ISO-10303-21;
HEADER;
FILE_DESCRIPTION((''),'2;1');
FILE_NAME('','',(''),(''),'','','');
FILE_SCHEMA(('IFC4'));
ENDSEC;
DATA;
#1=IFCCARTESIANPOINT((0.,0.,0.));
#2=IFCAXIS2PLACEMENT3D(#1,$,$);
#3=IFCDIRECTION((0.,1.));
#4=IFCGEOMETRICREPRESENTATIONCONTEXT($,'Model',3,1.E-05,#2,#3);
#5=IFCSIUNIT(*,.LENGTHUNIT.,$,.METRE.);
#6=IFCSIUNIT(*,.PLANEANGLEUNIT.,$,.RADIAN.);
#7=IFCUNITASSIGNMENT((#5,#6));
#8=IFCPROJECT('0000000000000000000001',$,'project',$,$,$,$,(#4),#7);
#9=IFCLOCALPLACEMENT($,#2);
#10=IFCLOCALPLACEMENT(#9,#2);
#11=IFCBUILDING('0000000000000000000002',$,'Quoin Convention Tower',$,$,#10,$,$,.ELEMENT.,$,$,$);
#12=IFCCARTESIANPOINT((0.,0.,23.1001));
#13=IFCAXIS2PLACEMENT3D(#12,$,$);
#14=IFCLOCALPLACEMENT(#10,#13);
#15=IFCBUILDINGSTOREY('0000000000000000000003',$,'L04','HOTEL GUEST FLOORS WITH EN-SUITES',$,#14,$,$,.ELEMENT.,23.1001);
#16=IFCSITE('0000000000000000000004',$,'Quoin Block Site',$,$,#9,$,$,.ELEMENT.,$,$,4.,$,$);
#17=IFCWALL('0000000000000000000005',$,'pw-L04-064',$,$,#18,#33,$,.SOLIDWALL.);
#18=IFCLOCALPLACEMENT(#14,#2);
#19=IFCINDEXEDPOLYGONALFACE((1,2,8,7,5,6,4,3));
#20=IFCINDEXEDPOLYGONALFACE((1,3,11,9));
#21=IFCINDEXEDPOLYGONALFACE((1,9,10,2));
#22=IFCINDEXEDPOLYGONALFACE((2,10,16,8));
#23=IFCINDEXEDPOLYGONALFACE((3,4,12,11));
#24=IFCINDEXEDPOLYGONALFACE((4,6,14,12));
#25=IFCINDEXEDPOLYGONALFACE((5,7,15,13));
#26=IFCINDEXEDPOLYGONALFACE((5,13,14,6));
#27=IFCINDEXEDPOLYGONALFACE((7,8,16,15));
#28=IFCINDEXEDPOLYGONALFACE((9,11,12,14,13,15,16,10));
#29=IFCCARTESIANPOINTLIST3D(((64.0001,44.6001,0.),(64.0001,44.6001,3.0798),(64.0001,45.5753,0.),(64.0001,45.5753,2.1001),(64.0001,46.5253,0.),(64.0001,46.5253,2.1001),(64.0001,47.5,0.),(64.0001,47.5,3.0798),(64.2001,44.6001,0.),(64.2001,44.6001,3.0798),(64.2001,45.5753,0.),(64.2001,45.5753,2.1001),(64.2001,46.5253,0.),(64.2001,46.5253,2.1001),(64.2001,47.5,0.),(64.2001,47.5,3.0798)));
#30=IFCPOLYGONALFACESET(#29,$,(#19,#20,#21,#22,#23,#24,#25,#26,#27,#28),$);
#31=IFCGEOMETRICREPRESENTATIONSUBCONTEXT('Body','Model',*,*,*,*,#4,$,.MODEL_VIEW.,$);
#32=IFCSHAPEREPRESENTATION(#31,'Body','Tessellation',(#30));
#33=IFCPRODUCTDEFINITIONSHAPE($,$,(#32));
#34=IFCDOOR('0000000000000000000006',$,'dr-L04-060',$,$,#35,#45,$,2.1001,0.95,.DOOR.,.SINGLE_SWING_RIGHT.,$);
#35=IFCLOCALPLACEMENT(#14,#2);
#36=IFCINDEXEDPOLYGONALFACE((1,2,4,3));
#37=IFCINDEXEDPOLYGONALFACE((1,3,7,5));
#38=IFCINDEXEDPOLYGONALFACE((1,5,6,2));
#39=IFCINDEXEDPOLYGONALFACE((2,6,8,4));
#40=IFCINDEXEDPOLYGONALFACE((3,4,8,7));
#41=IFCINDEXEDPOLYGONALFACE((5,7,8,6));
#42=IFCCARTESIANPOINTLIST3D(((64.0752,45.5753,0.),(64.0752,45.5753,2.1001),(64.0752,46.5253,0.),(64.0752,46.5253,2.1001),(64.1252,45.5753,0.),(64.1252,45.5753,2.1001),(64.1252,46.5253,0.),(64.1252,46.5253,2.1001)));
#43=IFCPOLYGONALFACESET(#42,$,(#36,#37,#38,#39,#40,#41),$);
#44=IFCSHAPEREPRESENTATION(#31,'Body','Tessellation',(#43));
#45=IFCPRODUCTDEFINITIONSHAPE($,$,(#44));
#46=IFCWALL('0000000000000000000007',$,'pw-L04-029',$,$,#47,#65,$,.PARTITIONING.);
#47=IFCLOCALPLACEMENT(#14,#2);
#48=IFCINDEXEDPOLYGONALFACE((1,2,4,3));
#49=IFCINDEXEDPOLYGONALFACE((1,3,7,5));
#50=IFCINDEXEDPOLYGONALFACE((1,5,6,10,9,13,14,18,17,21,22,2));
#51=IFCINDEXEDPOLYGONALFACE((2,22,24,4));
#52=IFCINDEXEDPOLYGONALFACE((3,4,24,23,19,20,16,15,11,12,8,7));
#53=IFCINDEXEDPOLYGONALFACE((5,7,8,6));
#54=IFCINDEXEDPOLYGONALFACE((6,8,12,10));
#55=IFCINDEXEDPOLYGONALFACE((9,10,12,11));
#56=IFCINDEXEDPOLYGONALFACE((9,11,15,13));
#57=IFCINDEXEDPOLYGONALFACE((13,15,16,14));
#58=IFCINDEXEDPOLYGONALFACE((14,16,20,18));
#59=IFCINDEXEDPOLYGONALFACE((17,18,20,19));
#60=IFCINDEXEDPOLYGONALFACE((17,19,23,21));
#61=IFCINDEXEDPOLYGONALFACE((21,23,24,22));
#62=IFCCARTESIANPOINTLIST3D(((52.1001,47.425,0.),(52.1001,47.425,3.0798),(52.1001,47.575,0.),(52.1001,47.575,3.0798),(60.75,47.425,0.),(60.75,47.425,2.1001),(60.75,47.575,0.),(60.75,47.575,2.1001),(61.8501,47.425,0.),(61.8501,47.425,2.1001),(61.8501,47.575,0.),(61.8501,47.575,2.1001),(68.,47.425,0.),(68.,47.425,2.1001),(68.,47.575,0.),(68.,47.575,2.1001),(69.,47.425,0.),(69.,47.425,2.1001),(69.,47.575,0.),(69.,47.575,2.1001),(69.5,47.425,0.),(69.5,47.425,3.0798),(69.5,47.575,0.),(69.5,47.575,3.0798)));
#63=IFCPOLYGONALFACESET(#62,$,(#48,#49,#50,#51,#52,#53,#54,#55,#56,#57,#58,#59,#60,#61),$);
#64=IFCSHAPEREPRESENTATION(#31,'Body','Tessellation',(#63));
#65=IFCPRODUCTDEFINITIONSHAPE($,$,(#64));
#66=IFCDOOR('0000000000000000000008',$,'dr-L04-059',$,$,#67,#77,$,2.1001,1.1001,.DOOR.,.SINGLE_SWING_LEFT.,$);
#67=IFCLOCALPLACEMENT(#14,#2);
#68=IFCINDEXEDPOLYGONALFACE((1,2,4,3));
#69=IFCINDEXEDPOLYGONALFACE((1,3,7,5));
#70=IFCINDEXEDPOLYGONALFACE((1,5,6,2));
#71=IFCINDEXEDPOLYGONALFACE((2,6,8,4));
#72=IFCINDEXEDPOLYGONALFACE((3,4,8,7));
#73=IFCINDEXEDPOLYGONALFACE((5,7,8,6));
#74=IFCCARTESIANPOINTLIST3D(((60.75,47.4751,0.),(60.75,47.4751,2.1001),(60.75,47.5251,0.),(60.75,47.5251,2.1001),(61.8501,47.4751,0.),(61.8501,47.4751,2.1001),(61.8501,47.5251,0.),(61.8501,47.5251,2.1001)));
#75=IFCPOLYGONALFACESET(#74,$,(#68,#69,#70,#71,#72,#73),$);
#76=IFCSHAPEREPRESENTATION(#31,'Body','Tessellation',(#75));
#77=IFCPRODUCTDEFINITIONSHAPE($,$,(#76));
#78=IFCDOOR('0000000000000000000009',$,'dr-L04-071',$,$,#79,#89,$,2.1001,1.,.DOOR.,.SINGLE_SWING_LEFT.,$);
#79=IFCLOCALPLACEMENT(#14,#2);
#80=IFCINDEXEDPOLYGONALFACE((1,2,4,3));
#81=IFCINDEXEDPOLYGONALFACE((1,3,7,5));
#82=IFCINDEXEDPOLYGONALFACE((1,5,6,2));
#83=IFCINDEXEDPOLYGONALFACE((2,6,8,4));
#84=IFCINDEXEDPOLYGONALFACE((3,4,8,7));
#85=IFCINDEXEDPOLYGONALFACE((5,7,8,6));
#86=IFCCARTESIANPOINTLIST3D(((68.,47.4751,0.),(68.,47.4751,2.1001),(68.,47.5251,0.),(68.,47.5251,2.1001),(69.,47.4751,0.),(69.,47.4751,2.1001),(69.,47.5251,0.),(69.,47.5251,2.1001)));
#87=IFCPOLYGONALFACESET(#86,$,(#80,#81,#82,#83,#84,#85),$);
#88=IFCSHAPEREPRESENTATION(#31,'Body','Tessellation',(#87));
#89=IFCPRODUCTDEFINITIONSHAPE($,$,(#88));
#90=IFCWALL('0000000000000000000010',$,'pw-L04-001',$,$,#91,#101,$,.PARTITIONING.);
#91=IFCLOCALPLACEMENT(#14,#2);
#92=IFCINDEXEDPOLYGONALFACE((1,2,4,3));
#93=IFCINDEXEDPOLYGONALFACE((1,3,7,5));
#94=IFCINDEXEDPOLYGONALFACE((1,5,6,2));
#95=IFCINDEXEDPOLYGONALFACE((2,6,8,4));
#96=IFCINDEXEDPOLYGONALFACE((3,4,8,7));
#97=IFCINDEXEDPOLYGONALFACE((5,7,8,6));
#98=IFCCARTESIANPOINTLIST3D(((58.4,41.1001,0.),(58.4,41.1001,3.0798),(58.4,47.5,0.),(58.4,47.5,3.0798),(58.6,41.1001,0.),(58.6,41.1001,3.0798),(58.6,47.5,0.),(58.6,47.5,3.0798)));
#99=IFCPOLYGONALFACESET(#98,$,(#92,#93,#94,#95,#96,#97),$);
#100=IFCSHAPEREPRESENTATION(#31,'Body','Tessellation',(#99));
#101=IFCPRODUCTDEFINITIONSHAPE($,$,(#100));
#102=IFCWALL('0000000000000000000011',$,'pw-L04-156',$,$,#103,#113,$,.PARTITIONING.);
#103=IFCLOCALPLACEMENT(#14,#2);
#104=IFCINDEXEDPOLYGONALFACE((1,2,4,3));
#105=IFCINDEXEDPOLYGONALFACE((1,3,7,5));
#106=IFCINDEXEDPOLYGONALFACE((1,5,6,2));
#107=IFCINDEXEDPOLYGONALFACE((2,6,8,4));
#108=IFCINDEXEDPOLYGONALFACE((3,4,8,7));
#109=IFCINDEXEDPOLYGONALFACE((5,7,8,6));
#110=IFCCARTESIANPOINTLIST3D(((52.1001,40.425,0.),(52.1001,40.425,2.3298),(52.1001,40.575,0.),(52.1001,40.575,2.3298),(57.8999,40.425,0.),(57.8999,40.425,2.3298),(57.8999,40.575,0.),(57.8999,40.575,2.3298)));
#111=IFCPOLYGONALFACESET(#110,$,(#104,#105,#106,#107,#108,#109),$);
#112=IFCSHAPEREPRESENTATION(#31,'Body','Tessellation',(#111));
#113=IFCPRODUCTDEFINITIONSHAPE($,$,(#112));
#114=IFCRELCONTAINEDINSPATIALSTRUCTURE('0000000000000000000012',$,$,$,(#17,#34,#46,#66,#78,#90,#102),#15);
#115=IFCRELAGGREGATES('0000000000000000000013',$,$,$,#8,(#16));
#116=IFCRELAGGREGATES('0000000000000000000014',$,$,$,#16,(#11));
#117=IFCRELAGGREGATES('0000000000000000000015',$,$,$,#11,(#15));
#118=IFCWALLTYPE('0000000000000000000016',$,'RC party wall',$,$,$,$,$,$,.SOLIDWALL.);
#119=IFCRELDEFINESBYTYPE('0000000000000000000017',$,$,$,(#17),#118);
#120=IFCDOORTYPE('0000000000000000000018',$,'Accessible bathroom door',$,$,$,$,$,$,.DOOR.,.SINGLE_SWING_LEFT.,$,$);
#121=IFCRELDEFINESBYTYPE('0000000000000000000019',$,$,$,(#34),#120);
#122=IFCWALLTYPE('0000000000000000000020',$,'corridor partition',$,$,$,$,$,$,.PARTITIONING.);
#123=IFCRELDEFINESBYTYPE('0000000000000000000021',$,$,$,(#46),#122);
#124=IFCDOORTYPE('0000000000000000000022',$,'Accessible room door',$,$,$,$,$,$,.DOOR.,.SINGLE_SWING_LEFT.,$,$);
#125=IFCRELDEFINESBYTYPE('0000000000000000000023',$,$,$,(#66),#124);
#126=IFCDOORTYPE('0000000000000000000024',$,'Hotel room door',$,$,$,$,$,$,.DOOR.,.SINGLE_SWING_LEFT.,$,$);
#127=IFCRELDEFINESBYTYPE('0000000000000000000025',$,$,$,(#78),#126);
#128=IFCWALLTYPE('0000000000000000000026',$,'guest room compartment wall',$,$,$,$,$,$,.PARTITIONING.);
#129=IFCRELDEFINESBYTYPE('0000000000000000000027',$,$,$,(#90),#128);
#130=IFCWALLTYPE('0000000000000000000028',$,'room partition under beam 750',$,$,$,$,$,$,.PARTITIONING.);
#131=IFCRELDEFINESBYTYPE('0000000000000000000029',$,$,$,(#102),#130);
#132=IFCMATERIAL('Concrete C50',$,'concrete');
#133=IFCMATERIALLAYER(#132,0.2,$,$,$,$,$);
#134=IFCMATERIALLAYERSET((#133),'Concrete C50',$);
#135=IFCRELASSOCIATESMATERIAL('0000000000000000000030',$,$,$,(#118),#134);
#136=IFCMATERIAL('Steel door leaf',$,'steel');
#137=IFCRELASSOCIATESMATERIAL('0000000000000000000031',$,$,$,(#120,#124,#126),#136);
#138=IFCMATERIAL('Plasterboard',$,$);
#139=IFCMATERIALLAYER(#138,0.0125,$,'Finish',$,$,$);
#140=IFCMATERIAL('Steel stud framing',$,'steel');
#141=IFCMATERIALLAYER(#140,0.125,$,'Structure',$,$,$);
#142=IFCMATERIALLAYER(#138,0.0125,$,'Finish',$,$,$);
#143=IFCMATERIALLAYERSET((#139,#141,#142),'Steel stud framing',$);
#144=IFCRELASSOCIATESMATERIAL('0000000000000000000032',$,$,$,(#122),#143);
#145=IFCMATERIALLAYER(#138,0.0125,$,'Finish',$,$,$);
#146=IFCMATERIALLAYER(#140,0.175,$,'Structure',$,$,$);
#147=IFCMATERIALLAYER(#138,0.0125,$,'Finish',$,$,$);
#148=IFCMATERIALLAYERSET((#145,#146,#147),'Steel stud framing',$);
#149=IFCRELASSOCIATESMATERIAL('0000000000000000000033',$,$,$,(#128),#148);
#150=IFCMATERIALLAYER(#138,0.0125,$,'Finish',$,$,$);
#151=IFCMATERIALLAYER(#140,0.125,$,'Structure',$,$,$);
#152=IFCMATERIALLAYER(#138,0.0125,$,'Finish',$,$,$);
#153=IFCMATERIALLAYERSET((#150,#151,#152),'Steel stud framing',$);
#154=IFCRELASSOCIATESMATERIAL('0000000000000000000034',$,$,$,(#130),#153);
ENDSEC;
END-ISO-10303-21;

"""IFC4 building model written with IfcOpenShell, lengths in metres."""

from ifc_helpers import new_model, si_unit, direction, frame, frame_2d, origin, place, context, subcontext, project, spatial, rectangle, extrude, material, layer, layer_set, type_object, element, fill, save


model = new_model("IFC4")

# Units and contexts
model_context = context("Model", 3, precision=1e-05, world=origin(), true_north=direction((0.0, 1.0)))
body_context = subcontext(model_context, "Body", "Model", "MODEL_VIEW")
ifc_project = project(units=[si_unit("LENGTHUNIT", "METRE"), si_unit("PLANEANGLEUNIT", "RADIAN")], contexts=[model_context])

# Site, building, storey
site_placement = place(None, origin())
site = spatial("IfcSite", under=ifc_project, at=site_placement, Name="Quoin Block Site", CompositionType="ELEMENT", RefElevation=4.0)
building_placement = place(site_placement, origin())
building = spatial("IfcBuilding", under=site, at=building_placement, Name="Quoin Convention Tower", CompositionType="ELEMENT")
storey_placement = place(building_placement, frame((0.0, 0.0, 23.1001)))
storey = spatial("IfcBuildingStorey", under=building, at=storey_placement, Name="L04", Description="HOTEL GUEST FLOORS WITH EN-SUITES", CompositionType="ELEMENT", Elevation=23.1001)

# Shared definitions
ifc_material_1 = material(Name="Concrete C50", Category="concrete")
ifc_layer_1 = layer(ifc_material_1, 0.2)
ifc_layer_set_1 = layer_set([ifc_layer_1], Name="Concrete C50")
wall_type_1 = type_object("IfcWallType", Name="RC party wall", PredefinedType="SOLIDWALL", material=ifc_layer_set_1)

# Wall, opening, door
wall_1_placement = place(storey_placement, frame((64.1001, 44.6001, 0.0), z_axis=(0.0, 0.0, 1.0), x_axis=(0.0, 1.0, 0.0)))
wall_1 = element("IfcWall", 1, at=wall_1_placement, inside=storey, type_object=wall_type_1, Name="pw-L04-064", PredefinedType="SOLIDWALL", context=body_context, shape_type="SweptSolid", body=[
    extrude(rectangle(XDim=2.8999, YDim=0.2, at=frame_2d((1.45, 0.0))), origin(), (0.0, 0.0, 1.0), 3.0798),
])
opening_1_placement = place(wall_1_placement, frame((0.9751, 0.0, 0.0)))
opening_1 = element("IfcOpeningElement", 2, at=opening_1_placement, cuts=wall_1, PredefinedType="OPENING", context=body_context, shape_type="SweptSolid", body=[
    extrude(rectangle(XDim=0.95, YDim=2.1001, at=frame_2d((0.4751, 1.05))), frame((0.0, 0.1099, 0.0), z_axis=(0.0, -1.0, 0.0), x_axis=(1.0, 0.0, 0.0)), (0.0, 0.0, 1.0), 0.22),
])
ifc_material_2 = material(Name="Steel door leaf", Category="steel")
door_type_1 = type_object("IfcDoorType", Name="Accessible bathroom door", OperationType="SINGLE_SWING_LEFT", PredefinedType="DOOR", material=ifc_material_2)
door_1_placement = place(opening_1_placement, origin())
door_1 = element("IfcDoor", 3, at=door_1_placement, inside=storey, type_object=door_type_1, Name="dr-L04-060", OperationType="SINGLE_SWING_RIGHT", OverallHeight=2.1001, OverallWidth=0.95, PredefinedType="DOOR", context=body_context, shape_type="SweptSolid", body=[
    extrude(rectangle(XDim=0.95, YDim=2.1001, at=frame_2d((0.4751, 1.05))), frame((0.0, 0.0249, 0.0), z_axis=(0.0, -1.0, 0.0), x_axis=(1.0, 0.0, 0.0)), (0.0, 0.0, 1.0), 0.05),
])
fill(opening_1, door_1)

# Wall, openings, doors
ifc_material_3 = material(Name="Plasterboard")
ifc_layer_2 = layer(ifc_material_3, 0.0125, Name="Finish")
ifc_material_4 = material(Name="Steel stud framing", Category="steel")
ifc_layer_3 = layer(ifc_material_4, 0.125, Name="Structure")
ifc_layer_4 = layer(ifc_material_3, 0.0125, Name="Finish")
ifc_layer_set_2 = layer_set([ifc_layer_2, ifc_layer_3, ifc_layer_4], Name="Steel stud framing")
wall_type_2 = type_object("IfcWallType", Name="corridor partition", PredefinedType="PARTITIONING", material=ifc_layer_set_2)
wall_2_placement = place(storey_placement, frame((52.1001, 47.5, 0.0), z_axis=(0.0, 0.0, 1.0), x_axis=(1.0, 0.0, 0.0)))
wall_2 = element("IfcWall", 4, at=wall_2_placement, inside=storey, type_object=wall_type_2, Name="pw-L04-029", PredefinedType="PARTITIONING", context=body_context, shape_type="SweptSolid", body=[
    extrude(rectangle(XDim=17.3999, YDim=0.1499, at=frame_2d((8.7, 0.0))), origin(), (0.0, 0.0, 1.0), 3.0798),
])
opening_2_placement = place(wall_2_placement, frame((8.6499, 0.0, 0.0)))
opening_2 = element("IfcOpeningElement", 5, at=opening_2_placement, cuts=wall_2, PredefinedType="OPENING", context=body_context, shape_type="SweptSolid", body=[
    extrude(rectangle(XDim=1.1001, YDim=2.1001, at=frame_2d((0.55, 1.05))), frame((0.0, 0.085, 0.0), z_axis=(0.0, -1.0, 0.0), x_axis=(1.0, 0.0, 0.0)), (0.0, 0.0, 1.0), 0.1699),
])
opening_3_placement = place(wall_2_placement, frame((15.8999, 0.0, 0.0)))
opening_3 = element("IfcOpeningElement", 6, at=opening_3_placement, cuts=wall_2, PredefinedType="OPENING", context=body_context, shape_type="SweptSolid", body=[
    extrude(rectangle(XDim=1.0, YDim=2.1001, at=frame_2d((0.5, 1.05))), frame((0.0, 0.085, 0.0), z_axis=(0.0, -1.0, 0.0), x_axis=(1.0, 0.0, 0.0)), (0.0, 0.0, 1.0), 0.1699),
])
door_type_2 = type_object("IfcDoorType", Name="Accessible room door", OperationType="SINGLE_SWING_LEFT", PredefinedType="DOOR", material=ifc_material_2)
door_2_placement = place(opening_2_placement, frame((1.1001, 0.0, 0.0), z_axis=(0.0, 0.0, 1.0), x_axis=(-1.0, 0.0, 0.0)))
door_2 = element("IfcDoor", 7, at=door_2_placement, inside=storey, type_object=door_type_2, Name="dr-L04-059", OperationType="SINGLE_SWING_LEFT", OverallHeight=2.1001, OverallWidth=1.1001, PredefinedType="DOOR", context=body_context, shape_type="SweptSolid", body=[
    extrude(rectangle(XDim=1.1001, YDim=2.1001, at=frame_2d((0.55, 1.05))), frame((0.0, 0.0249, 0.0), z_axis=(0.0, -1.0, 0.0), x_axis=(1.0, 0.0, 0.0)), (0.0, 0.0, 1.0), 0.05),
])
fill(opening_2, door_2)
door_type_3 = type_object("IfcDoorType", Name="Hotel room door", OperationType="SINGLE_SWING_LEFT", PredefinedType="DOOR", material=ifc_material_2)
door_3_placement = place(opening_3_placement, frame((1.0, 0.0, 0.0), z_axis=(0.0, 0.0, 1.0), x_axis=(-1.0, 0.0, 0.0)))
door_3 = element("IfcDoor", 8, at=door_3_placement, inside=storey, type_object=door_type_3, Name="dr-L04-071", OperationType="SINGLE_SWING_LEFT", OverallHeight=2.1001, OverallWidth=1.0, PredefinedType="DOOR", context=body_context, shape_type="SweptSolid", body=[
    extrude(rectangle(XDim=1.0, YDim=2.1001, at=frame_2d((0.5, 1.05))), frame((0.0, 0.0249, 0.0), z_axis=(0.0, -1.0, 0.0), x_axis=(1.0, 0.0, 0.0)), (0.0, 0.0, 1.0), 0.05),
])
fill(opening_3, door_3)

# Walls
ifc_layer_5 = layer(ifc_material_3, 0.0125, Name="Finish")
ifc_layer_6 = layer(ifc_material_4, 0.175, Name="Structure")
ifc_layer_7 = layer(ifc_material_3, 0.0125, Name="Finish")
ifc_layer_set_3 = layer_set([ifc_layer_5, ifc_layer_6, ifc_layer_7], Name="Steel stud framing")
wall_type_3 = type_object("IfcWallType", Name="guest room compartment wall", PredefinedType="PARTITIONING", material=ifc_layer_set_3)
wall_3_placement = place(storey_placement, frame((58.5, 41.1001, 0.0), z_axis=(0.0, 0.0, 1.0), x_axis=(0.0, 1.0, 0.0)))
element("IfcWall", 9, at=wall_3_placement, inside=storey, type_object=wall_type_3, Name="pw-L04-001", PredefinedType="PARTITIONING", context=body_context, shape_type="SweptSolid", body=[
    extrude(rectangle(XDim=6.3999, YDim=0.2, at=frame_2d((3.2, 0.0))), origin(), (0.0, 0.0, 1.0), 3.0798),
])
ifc_layer_8 = layer(ifc_material_3, 0.0125, Name="Finish")
ifc_layer_9 = layer(ifc_material_4, 0.125, Name="Structure")
ifc_layer_10 = layer(ifc_material_3, 0.0125, Name="Finish")
ifc_layer_set_4 = layer_set([ifc_layer_8, ifc_layer_9, ifc_layer_10], Name="Steel stud framing")
wall_type_4 = type_object("IfcWallType", Name="room partition under beam 750", PredefinedType="PARTITIONING", material=ifc_layer_set_4)
wall_4_placement = place(storey_placement, frame((52.1001, 40.5, 0.0), z_axis=(0.0, 0.0, 1.0), x_axis=(1.0, 0.0, 0.0)))
element("IfcWall", 10, at=wall_4_placement, inside=storey, type_object=wall_type_4, Name="pw-L04-156", PredefinedType="PARTITIONING", context=body_context, shape_type="SweptSolid", body=[
    extrude(rectangle(XDim=5.7998, YDim=0.1499, at=frame_2d((2.8999, 0.0))), origin(), (0.0, 0.0, 1.0), 2.3298),
])

save(model, "model.ifc")
